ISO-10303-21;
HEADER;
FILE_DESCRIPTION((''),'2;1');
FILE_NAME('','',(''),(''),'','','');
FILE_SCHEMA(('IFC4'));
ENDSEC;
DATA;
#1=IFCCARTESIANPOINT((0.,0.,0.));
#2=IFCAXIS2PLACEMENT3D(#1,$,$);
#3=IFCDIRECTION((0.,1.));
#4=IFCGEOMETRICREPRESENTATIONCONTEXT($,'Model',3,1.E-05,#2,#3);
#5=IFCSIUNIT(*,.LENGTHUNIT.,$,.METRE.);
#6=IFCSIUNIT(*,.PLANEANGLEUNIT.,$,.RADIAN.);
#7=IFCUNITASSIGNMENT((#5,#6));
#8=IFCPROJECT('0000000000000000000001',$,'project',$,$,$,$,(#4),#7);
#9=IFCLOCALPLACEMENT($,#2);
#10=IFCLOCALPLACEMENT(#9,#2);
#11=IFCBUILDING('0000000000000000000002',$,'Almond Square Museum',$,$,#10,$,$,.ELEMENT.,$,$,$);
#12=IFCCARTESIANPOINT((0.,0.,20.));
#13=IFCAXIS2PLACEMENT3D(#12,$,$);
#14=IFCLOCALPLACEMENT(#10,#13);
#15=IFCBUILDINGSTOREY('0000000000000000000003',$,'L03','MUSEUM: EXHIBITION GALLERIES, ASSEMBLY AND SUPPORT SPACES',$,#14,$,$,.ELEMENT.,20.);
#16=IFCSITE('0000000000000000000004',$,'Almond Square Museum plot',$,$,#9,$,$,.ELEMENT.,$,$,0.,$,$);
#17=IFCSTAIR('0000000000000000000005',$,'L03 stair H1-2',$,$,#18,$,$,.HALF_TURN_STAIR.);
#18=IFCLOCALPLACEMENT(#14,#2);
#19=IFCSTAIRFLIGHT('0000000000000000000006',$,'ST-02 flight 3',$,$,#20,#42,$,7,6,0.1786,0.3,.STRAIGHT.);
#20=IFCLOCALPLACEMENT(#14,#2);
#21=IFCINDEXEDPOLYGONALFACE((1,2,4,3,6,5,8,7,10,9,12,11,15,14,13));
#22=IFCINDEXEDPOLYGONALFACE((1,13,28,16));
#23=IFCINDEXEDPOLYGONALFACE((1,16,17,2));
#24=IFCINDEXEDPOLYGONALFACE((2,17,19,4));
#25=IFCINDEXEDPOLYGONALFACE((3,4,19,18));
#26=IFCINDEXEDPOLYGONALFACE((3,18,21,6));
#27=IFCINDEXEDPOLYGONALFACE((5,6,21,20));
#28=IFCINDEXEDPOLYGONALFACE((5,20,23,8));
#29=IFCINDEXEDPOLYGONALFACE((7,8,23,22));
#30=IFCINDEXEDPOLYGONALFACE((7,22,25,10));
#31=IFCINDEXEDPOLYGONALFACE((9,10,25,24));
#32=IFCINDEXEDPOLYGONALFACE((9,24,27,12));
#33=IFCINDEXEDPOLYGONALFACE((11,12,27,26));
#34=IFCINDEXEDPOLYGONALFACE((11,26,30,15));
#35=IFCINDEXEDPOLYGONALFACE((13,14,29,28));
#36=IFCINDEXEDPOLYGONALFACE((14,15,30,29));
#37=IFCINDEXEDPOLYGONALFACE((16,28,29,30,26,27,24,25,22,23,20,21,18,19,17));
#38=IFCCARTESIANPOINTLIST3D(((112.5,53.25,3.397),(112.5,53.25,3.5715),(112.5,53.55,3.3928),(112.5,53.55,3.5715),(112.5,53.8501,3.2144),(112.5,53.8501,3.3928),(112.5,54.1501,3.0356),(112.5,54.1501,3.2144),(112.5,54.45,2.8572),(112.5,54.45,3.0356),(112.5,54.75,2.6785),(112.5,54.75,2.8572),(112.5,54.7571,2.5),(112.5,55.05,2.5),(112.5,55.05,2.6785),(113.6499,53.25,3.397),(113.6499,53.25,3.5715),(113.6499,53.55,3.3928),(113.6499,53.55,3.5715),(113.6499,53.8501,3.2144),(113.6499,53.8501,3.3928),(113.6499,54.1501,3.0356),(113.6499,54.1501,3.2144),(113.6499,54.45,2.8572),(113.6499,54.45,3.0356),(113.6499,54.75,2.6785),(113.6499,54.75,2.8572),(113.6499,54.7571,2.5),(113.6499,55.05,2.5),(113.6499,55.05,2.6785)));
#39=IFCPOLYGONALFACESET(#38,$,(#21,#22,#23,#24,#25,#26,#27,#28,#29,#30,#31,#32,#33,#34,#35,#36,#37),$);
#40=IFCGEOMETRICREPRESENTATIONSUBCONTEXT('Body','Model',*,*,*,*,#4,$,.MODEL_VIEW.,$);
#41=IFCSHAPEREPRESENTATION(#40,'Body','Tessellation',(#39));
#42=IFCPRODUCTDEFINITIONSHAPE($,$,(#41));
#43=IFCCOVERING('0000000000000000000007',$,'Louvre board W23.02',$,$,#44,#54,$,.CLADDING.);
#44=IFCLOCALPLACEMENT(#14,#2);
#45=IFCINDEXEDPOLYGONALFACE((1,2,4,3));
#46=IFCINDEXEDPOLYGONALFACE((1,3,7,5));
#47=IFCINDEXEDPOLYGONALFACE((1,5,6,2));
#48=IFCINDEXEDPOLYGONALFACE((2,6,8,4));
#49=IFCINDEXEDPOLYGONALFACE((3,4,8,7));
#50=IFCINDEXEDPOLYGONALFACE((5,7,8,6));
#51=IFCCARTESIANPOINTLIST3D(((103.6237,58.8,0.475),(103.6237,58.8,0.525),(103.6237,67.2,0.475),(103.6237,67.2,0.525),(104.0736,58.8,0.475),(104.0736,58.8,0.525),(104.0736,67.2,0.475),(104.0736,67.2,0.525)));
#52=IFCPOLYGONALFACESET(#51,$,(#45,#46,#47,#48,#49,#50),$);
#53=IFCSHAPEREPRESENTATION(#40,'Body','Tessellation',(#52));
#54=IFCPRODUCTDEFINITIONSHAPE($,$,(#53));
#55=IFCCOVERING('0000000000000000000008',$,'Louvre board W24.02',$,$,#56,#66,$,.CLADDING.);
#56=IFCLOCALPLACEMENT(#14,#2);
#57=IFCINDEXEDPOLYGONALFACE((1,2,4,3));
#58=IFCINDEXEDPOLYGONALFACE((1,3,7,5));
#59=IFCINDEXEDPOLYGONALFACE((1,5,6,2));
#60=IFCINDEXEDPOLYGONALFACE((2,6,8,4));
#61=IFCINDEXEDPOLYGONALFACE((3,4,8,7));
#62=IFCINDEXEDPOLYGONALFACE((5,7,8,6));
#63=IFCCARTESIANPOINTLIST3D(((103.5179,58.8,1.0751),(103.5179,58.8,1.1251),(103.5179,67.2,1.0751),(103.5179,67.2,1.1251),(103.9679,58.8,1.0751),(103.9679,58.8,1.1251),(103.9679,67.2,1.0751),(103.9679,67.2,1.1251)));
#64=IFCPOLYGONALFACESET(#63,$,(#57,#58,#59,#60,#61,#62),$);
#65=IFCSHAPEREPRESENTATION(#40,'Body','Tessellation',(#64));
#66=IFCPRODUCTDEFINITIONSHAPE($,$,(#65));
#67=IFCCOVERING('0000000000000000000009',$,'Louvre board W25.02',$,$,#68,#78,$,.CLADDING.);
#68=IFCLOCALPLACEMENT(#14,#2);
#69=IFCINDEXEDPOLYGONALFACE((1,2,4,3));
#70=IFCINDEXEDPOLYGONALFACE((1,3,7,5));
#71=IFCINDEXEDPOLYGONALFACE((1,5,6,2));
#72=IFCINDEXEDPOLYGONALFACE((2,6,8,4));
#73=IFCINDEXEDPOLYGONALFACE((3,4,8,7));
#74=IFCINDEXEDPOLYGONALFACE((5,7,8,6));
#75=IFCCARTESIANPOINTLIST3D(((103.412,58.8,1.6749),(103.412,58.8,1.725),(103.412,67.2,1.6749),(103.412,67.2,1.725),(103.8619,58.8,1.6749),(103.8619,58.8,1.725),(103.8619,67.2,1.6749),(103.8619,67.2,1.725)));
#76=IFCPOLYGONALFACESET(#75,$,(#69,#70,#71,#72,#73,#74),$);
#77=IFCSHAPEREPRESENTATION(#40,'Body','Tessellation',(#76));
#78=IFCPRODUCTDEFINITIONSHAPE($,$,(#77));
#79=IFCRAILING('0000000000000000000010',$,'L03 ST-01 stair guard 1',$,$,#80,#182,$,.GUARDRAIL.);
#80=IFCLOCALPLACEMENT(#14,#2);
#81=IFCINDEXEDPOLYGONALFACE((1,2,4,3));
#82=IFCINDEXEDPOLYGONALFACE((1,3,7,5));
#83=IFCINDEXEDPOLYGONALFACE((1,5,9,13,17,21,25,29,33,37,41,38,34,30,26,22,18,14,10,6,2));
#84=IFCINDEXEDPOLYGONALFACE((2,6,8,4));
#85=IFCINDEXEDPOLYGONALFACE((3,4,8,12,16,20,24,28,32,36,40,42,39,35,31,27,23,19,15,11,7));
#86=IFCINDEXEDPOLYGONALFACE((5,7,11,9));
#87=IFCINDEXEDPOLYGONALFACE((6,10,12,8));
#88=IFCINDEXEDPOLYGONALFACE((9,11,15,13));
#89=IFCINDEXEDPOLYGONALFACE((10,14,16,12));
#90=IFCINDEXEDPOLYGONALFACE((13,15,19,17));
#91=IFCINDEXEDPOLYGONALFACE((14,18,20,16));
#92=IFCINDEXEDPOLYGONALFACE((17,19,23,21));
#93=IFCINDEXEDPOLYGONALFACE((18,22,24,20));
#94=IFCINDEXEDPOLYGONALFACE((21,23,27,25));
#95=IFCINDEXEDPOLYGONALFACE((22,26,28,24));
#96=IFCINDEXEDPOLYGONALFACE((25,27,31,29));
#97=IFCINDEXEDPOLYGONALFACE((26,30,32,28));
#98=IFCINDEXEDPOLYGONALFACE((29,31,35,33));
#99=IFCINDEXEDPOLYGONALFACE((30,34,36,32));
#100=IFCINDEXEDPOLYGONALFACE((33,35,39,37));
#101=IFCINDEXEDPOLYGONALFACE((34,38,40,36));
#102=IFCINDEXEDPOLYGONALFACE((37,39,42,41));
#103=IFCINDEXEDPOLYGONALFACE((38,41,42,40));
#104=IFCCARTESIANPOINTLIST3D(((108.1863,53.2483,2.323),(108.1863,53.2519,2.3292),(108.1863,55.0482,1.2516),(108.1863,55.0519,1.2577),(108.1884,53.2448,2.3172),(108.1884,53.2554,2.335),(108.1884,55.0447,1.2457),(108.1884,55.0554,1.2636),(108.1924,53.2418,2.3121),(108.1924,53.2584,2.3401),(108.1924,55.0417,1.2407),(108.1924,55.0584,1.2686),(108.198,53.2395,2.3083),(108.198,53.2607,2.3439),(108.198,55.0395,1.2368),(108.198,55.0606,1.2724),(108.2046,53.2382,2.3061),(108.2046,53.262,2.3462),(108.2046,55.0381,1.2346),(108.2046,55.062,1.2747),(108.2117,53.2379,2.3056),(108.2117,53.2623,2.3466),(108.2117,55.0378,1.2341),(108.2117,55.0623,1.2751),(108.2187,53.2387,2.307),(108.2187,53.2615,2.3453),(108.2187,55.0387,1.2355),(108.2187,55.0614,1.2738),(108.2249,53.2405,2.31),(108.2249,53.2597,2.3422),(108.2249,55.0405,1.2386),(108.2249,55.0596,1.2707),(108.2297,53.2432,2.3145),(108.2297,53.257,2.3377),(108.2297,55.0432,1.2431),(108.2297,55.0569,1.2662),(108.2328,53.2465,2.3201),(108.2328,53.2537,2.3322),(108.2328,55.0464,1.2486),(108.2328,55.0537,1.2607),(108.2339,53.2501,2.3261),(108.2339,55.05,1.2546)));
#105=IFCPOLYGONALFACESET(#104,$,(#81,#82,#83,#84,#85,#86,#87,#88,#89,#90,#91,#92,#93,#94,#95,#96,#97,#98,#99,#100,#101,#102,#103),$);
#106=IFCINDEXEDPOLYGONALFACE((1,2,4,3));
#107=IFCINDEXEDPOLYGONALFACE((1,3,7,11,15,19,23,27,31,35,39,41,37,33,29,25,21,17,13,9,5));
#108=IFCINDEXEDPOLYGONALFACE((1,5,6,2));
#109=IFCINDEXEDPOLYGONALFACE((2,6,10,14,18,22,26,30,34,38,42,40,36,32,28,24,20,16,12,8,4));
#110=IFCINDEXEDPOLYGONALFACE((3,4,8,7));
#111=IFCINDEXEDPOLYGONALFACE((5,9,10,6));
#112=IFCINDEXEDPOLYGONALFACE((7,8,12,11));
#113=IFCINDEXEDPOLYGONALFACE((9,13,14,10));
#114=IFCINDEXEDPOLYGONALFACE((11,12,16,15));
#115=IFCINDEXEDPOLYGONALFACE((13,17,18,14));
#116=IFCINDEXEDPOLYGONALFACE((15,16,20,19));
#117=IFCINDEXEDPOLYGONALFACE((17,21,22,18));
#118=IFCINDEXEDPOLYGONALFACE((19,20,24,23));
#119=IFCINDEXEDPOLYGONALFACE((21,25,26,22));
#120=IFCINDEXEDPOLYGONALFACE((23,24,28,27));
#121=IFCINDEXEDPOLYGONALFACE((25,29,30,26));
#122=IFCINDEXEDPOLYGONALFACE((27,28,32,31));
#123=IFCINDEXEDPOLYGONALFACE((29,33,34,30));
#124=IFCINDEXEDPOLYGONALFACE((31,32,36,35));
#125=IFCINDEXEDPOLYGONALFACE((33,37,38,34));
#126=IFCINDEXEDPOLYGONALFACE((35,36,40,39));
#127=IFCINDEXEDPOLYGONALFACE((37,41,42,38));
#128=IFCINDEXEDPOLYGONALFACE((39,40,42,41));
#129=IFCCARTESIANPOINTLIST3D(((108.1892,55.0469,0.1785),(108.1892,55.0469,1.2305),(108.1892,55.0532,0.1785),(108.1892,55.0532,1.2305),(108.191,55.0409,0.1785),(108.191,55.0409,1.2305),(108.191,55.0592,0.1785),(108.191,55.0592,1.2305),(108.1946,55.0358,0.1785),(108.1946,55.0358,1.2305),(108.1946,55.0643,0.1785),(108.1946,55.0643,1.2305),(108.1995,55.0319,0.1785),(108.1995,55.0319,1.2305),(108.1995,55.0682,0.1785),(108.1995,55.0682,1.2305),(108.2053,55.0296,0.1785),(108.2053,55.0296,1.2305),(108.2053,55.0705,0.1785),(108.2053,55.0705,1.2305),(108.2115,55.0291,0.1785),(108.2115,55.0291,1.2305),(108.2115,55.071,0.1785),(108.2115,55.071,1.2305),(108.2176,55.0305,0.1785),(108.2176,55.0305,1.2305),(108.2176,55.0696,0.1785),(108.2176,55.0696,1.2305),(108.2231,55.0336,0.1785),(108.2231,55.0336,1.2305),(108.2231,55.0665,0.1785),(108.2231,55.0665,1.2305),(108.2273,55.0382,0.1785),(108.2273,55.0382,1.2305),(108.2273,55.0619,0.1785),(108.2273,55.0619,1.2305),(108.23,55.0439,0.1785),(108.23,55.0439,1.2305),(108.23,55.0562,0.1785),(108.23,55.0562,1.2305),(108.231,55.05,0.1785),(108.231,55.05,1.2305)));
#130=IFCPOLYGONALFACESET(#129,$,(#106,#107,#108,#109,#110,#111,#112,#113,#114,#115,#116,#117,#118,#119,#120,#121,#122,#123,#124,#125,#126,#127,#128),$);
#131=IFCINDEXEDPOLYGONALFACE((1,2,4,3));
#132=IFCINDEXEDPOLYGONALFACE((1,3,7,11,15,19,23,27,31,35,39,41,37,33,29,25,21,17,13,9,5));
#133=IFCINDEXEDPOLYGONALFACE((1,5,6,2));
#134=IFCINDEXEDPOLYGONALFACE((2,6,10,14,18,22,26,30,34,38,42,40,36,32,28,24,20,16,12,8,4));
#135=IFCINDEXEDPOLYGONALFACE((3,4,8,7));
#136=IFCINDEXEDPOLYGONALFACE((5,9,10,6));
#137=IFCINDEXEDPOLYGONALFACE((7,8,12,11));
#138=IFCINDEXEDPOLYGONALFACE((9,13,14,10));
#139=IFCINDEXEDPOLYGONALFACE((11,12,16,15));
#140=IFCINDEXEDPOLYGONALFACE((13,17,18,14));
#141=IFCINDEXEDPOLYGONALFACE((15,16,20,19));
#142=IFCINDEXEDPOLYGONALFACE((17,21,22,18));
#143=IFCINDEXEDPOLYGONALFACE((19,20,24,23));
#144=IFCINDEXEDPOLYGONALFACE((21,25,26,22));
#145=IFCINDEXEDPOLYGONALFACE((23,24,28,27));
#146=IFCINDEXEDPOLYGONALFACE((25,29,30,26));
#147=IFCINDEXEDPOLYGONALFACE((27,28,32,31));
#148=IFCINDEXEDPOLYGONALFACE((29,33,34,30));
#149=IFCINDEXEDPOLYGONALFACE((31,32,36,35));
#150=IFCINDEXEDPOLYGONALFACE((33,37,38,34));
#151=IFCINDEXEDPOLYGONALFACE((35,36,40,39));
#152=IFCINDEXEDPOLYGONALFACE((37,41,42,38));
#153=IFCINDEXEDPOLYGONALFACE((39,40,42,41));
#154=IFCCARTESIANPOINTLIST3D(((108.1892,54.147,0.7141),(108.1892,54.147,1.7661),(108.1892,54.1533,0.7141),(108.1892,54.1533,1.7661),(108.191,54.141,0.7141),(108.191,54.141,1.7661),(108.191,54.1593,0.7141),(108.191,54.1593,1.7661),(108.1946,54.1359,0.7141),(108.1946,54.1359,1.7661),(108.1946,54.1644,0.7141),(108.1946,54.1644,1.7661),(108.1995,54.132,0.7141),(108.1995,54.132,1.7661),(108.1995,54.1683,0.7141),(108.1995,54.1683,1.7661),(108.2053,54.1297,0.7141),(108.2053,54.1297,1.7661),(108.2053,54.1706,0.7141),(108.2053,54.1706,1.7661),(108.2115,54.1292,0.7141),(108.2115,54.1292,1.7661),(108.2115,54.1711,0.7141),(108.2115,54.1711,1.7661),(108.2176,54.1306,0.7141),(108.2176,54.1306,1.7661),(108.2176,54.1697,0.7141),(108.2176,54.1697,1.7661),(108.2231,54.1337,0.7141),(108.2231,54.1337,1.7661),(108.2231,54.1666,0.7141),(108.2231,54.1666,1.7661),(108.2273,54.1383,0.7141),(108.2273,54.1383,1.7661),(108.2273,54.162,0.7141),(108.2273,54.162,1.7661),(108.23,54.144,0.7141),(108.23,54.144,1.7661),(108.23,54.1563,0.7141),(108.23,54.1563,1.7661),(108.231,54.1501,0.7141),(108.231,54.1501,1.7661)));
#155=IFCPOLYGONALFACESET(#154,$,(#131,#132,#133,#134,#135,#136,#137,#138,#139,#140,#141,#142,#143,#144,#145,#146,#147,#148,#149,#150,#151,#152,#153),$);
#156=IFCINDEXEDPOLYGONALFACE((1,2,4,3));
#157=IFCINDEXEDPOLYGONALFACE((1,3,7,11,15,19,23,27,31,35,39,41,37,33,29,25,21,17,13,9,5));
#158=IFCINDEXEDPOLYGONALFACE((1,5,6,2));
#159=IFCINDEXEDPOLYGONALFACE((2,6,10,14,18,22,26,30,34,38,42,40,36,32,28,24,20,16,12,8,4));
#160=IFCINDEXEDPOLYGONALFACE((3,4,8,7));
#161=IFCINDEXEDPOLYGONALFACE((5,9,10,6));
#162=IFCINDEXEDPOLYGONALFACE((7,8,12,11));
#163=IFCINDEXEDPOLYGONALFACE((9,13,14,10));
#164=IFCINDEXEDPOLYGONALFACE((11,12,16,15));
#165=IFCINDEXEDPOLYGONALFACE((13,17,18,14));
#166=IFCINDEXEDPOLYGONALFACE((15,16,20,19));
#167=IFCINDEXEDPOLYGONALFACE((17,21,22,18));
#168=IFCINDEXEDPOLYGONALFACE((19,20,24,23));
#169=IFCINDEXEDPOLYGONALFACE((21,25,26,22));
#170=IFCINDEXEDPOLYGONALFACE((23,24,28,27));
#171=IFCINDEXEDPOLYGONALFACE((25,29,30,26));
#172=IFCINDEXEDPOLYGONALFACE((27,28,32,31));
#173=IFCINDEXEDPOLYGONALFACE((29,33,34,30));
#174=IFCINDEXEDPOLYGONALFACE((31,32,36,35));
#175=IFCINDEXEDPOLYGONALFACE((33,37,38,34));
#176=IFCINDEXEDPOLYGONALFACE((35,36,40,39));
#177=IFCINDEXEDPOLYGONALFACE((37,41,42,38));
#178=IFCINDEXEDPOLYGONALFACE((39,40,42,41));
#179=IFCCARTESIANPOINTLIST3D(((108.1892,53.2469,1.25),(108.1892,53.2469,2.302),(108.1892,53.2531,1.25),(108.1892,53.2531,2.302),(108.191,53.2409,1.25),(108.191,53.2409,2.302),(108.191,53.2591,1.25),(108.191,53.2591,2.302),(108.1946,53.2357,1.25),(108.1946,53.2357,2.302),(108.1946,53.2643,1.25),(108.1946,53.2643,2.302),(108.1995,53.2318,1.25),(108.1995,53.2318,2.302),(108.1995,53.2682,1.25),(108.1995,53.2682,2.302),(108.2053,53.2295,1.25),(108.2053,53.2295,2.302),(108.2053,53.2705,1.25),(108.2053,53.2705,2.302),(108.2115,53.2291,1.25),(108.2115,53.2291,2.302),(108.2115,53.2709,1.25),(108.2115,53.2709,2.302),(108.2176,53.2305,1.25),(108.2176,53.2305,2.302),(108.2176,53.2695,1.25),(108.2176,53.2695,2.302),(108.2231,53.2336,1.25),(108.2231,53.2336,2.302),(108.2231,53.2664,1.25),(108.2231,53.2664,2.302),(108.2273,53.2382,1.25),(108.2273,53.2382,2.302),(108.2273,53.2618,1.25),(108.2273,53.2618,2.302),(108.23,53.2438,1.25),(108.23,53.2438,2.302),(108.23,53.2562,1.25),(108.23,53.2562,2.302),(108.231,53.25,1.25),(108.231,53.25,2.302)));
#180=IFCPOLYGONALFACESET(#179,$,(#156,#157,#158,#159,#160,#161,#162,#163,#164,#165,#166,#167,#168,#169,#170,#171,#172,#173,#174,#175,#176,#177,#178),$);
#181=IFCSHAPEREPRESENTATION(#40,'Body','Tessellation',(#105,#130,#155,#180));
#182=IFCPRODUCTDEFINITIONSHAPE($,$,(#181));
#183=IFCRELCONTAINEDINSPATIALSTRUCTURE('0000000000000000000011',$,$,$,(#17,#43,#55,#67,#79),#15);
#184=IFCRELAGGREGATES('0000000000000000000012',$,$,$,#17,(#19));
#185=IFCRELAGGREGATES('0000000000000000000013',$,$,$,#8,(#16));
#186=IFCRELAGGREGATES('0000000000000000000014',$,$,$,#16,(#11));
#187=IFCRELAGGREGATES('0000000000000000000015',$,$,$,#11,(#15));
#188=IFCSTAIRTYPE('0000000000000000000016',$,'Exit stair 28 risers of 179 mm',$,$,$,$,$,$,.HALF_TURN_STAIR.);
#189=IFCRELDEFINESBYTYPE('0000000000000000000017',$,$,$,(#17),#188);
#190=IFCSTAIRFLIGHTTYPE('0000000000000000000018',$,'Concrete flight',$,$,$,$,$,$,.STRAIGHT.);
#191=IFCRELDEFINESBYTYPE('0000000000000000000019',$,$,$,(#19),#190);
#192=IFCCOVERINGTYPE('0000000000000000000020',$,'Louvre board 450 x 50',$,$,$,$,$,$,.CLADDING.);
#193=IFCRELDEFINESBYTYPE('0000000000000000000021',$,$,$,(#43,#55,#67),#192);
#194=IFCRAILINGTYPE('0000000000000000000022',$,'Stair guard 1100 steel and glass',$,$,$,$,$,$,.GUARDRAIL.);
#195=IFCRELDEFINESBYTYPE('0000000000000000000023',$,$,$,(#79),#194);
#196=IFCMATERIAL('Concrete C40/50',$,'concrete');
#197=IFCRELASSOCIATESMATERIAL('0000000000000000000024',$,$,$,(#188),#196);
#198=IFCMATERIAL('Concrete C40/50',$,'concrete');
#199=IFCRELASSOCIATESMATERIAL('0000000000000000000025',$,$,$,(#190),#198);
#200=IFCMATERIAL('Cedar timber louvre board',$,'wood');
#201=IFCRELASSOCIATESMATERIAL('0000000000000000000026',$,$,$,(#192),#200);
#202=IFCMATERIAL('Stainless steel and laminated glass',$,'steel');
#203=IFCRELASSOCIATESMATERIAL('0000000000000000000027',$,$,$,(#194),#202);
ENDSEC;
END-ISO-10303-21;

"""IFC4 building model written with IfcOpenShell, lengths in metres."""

from ifc_helpers import new_model, si_unit, direction, frame, origin, origin_2d, place, context, subcontext, project, spatial, polyline, rectangle, circle, outline, extrude, material, material_profile, profile_set, type_object, element, aggregate, save


model = new_model("IFC4")

# Units and contexts
model_context = context("Model", 3, precision=1e-05, world=origin(), true_north=direction((0.0, 1.0)))
body_context = subcontext(model_context, "Body", "Model", "MODEL_VIEW")
ifc_project = project(units=[si_unit("LENGTHUNIT", "METRE"), si_unit("PLANEANGLEUNIT", "RADIAN")], contexts=[model_context])

# Site, building, storey
site_placement = place(None, origin())
site = spatial("IfcSite", under=ifc_project, at=site_placement, Name="Almond Square Museum plot", CompositionType="ELEMENT", RefElevation=0.0)
building_placement = place(site_placement, origin())
building = spatial("IfcBuilding", under=site, at=building_placement, Name="Almond Square Museum", CompositionType="ELEMENT")
storey_placement = place(building_placement, frame((0.0, 0.0, 20.0)))
storey = spatial("IfcBuildingStorey", under=building, at=storey_placement, Name="L03", Description="MUSEUM: EXHIBITION GALLERIES, ASSEMBLY AND SUPPORT SPACES", CompositionType="ELEMENT", Elevation=20.0)

# Stair, stair flight
ifc_material_1 = material(Name="Concrete C40/50", Category="concrete")
stair_type = type_object("IfcStairType", Name="Exit stair 28 risers of 179 mm", PredefinedType="HALF_TURN_STAIR", material=ifc_material_1)
stair_placement = place(storey_placement, origin())
stair = element("IfcStair", 1, at=stair_placement, inside=storey, type_object=stair_type, Name="L03 stair H1-2", PredefinedType="HALF_TURN_STAIR")
ifc_material_2 = material(Name="Concrete C40/50", Category="concrete")
stair_flight_type = type_object("IfcStairFlightType", Name="Concrete flight", PredefinedType="STRAIGHT", material=ifc_material_2)
stair_flight_1_placement = place(storey_placement, frame((113.075, 55.05, 2.5), z_axis=(0.0, 0.0, 1.0), x_axis=(0.0, -1.0, 0.0)))
stair_flight_1 = element("IfcStairFlight", 2, at=stair_flight_1_placement, type_object=stair_flight_type, Name="ST-02 flight 3", NumberOfRisers=7, NumberOfTreads=6, PredefinedType="STRAIGHT", RiserHeight=0.1786, TreadLength=0.3, context=body_context, shape_type="SweptSolid", body=[
    extrude(outline(polyline([(0.0, 0.0), (0.0, 0.1785), (0.3, 0.1785), (0.3, 0.3572), (0.6001, 0.3572), (0.6001, 0.5356), (0.8999, 0.5356), (0.8999, 0.7144), (1.2, 0.7144), (1.2, 0.8928), (1.5, 0.8928), (1.5, 1.0715), (1.8, 1.0715), (1.8, 1.25), (1.8, 0.897), (0.293, 0.0), (0.0, 0.0)])), frame((0.0, 0.575, 0.0), z_axis=(0.0, -1.0, 0.0), x_axis=(1.0, 0.0, 0.0)), (0.0, 0.0, 1.0), 1.1499),
])
aggregate(stair, [stair_flight_1])

# Coverings
ifc_material_3 = material(Name="Cedar timber louvre board", Category="wood")
ifc_material_profile_1 = material_profile(ifc_material_3, rectangle(XDim=0.45, YDim=0.05, at=origin_2d()))
ifc_profile_set_1 = profile_set([ifc_material_profile_1], Name="Cedar timber louvre board")
covering_type = type_object("IfcCoveringType", Name="Louvre board 450 x 50", PredefinedType="CLADDING", material=ifc_profile_set_1)
for number, where, z_axis, x_axis, name in (
    (3, (103.8486, 58.8, 0.5), (0.0, 1.0, 0.0), (-1.0, 0.0, 0.0), "Louvre board W23.02"),
    (4, (103.7429, 58.8, 1.1001), (0.0, 1.0, 0.0), (-1.0, 0.0, 0.0), "Louvre board W24.02"),
    (5, (103.637, 58.8, 1.7), (0.0, 1.0, 0.0), (-1.0, 0.0, 0.0), "Louvre board W25.02"),
):
    element("IfcCovering", number, at=place(storey_placement, frame(where, z_axis=z_axis, x_axis=x_axis)), inside=storey, type_object=covering_type, Name=name, PredefinedType="CLADDING", context=body_context, shape_type="SweptSolid", body=[
        extrude(rectangle(XDim=0.45, YDim=0.05, at=origin_2d()), origin(), (0.0, 0.0, 1.0), 8.3999),
    ])

# Railing
ifc_material_4 = material(Name="Stainless steel and laminated glass", Category="steel")
railing_type_1 = type_object("IfcRailingType", Name="Stair guard 1100 steel and glass", PredefinedType="GUARDRAIL", material=ifc_material_4)
railing_1_placement = place(storey_placement, frame((108.21, 55.05, 0.1785)))
element("IfcRailing", 6, at=railing_1_placement, inside=storey, type_object=railing_type_1, Name="L03 ST-01 stair guard 1", PredefinedType="GUARDRAIL", context=body_context, shape_type="SweptSolid", body=[
    extrude(circle(Radius=0.0239, at=origin_2d()), frame((0.0, 0.0, 1.0762), z_axis=(0.0, -0.859277, 0.51151), x_axis=(1.0, 0.0, 0.0)), (0.0, 0.0, 1.0), 2.0947),
    extrude(circle(Radius=0.021, at=origin_2d()), origin(), (0.0, 0.0, 1.0), 1.052),
    extrude(circle(Radius=0.021, at=origin_2d()), frame((0.0, -0.8999, 0.5356)), (0.0, 0.0, 1.0), 1.052),
    extrude(circle(Radius=0.021, at=origin_2d()), frame((0.0, -1.8, 1.0715)), (0.0, 0.0, 1.0), 1.052),
])

save(model, "model.ifc")
